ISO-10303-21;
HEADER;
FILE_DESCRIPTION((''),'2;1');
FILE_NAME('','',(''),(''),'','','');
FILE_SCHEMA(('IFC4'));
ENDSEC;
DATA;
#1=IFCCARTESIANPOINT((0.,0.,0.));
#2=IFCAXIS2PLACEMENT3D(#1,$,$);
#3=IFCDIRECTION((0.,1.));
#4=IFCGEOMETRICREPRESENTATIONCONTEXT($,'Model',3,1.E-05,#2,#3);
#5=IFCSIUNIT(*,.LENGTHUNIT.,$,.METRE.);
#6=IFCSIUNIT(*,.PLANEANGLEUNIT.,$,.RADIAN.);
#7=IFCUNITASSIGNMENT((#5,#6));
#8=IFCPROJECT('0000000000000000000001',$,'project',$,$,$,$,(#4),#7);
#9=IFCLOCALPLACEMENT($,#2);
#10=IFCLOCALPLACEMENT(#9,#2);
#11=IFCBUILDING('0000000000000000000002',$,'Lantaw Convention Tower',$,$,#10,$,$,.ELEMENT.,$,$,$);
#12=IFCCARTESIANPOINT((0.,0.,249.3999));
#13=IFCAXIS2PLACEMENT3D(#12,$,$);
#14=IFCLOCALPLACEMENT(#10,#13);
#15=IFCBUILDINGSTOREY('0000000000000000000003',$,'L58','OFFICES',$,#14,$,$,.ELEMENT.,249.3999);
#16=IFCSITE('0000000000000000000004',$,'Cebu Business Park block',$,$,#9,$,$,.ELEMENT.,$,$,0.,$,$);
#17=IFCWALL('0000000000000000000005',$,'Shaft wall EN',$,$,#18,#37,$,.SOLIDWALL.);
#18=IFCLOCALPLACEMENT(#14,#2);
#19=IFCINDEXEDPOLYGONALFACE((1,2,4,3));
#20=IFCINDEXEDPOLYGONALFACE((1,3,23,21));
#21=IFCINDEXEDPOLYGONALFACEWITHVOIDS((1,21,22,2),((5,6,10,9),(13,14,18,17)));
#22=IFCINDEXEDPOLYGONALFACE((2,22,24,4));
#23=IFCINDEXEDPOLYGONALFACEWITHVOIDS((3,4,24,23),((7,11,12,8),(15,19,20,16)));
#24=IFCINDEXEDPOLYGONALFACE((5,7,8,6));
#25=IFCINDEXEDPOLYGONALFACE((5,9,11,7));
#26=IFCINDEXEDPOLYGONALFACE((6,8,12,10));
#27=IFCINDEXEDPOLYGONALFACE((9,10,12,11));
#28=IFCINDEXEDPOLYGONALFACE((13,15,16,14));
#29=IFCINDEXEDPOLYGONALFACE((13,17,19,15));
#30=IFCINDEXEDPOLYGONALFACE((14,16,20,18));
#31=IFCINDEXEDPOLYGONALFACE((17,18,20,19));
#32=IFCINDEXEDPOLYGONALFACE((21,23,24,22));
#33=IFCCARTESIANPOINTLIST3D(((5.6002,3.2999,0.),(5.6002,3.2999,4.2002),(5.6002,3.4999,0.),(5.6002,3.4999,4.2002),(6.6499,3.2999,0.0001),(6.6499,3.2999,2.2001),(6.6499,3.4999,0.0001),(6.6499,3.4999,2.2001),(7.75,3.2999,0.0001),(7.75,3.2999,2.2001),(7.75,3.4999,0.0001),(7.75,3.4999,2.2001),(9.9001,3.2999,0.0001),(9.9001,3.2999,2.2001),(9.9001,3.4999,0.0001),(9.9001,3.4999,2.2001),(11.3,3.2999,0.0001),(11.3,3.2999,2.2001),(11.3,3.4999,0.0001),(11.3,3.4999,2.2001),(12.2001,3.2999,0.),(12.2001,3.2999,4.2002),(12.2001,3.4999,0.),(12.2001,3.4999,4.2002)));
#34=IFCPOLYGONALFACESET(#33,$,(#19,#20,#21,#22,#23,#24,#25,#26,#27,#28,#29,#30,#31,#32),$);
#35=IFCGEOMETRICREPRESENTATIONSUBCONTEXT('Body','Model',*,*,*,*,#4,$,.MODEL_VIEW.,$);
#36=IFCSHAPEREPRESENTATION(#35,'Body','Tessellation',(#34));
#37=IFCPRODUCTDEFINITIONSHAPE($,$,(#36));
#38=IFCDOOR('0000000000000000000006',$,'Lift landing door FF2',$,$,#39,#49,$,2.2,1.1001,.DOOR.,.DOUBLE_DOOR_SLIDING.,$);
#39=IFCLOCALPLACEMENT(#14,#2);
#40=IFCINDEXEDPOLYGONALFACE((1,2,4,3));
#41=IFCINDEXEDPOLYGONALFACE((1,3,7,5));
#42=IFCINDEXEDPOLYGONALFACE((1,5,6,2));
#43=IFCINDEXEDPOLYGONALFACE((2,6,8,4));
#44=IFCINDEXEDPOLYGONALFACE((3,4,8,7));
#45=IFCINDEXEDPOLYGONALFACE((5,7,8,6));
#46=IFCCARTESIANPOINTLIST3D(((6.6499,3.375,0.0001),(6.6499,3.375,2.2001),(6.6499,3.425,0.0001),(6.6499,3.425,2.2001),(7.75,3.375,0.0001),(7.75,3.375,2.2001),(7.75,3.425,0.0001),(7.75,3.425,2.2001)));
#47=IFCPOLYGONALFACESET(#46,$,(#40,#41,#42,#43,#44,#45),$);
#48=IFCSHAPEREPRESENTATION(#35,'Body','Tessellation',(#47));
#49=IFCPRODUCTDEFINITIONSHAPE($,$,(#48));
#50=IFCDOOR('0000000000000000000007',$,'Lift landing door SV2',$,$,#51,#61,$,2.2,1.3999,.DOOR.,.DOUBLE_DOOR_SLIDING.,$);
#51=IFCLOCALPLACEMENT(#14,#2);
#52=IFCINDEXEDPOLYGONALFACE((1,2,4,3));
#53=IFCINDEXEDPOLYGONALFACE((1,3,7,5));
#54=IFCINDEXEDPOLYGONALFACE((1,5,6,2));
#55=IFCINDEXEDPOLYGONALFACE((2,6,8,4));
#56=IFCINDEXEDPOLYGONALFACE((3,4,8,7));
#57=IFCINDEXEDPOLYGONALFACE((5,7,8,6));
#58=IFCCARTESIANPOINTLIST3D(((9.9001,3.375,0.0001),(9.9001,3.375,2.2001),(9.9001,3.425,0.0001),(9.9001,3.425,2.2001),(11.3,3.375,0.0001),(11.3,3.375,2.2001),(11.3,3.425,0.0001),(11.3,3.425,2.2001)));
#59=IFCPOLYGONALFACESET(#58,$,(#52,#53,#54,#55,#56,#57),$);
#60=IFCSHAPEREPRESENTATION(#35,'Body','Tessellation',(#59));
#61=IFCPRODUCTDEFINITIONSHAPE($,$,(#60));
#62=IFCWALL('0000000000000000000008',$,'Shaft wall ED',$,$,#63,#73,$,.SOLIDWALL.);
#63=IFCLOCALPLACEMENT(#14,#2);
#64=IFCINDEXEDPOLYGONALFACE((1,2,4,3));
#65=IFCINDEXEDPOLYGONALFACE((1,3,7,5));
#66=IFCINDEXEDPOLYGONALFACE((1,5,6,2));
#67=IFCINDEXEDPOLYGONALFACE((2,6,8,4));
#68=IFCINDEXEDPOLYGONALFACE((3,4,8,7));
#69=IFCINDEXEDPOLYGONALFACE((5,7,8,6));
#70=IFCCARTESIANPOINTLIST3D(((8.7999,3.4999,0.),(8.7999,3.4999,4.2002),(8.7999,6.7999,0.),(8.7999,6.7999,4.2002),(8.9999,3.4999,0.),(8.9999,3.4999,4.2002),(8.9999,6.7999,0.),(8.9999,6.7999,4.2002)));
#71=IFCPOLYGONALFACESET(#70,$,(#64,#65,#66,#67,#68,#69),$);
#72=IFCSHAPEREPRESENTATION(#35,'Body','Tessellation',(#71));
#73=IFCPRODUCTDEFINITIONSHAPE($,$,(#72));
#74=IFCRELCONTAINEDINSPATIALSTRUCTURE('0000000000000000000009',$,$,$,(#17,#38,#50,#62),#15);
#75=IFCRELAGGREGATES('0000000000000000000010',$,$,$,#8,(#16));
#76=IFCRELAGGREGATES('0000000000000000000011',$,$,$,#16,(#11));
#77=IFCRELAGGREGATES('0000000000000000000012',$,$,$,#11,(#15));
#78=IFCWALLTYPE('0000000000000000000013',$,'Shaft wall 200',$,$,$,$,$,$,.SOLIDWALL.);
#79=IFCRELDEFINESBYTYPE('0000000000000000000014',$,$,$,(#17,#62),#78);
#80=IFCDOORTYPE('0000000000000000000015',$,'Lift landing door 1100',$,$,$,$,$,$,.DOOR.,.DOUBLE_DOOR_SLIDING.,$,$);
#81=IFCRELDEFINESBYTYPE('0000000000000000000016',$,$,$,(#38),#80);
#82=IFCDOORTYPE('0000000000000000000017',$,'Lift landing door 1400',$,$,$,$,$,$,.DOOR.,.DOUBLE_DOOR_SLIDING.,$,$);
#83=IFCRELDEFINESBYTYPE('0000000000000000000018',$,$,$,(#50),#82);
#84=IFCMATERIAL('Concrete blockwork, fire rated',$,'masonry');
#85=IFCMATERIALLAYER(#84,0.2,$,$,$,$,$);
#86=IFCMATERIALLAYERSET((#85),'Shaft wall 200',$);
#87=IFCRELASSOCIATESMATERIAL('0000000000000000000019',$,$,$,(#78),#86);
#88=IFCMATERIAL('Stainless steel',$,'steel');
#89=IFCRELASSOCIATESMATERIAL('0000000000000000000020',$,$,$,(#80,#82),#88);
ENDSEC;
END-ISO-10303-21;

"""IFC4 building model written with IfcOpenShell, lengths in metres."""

from ifc_helpers import new_model, si_unit, direction, frame, frame_2d, origin, place, context, subcontext, project, spatial, rectangle, extrude, material, layer, layer_set, type_object, element, fill, save


model = new_model("IFC4")

# Units and contexts
model_context = context("Model", 3, precision=1e-05, world=origin(), true_north=direction((0.0, 1.0)))
body_context = subcontext(model_context, "Body", "Model", "MODEL_VIEW")
ifc_project = project(units=[si_unit("LENGTHUNIT", "METRE"), si_unit("PLANEANGLEUNIT", "RADIAN")], contexts=[model_context])

# Site, building, storey
site_placement = place(None, origin())
site = spatial("IfcSite", under=ifc_project, at=site_placement, Name="Cebu Business Park block", CompositionType="ELEMENT", RefElevation=0.0)
building_placement = place(site_placement, origin())
building = spatial("IfcBuilding", under=site, at=building_placement, Name="Lantaw Convention Tower", CompositionType="ELEMENT")
storey_placement = place(building_placement, frame((0.0, 0.0, 249.3999)))
storey = spatial("IfcBuildingStorey", under=building, at=storey_placement, Name="L58", Description="OFFICES", CompositionType="ELEMENT", Elevation=249.3999)

# Wall, openings, doors
ifc_material_1 = material(Name="Concrete blockwork, fire rated", Category="masonry")
ifc_layer_1 = layer(ifc_material_1, 0.2)
ifc_layer_set_1 = layer_set([ifc_layer_1], Name="Shaft wall 200")
wall_type_1 = type_object("IfcWallType", Name="Shaft wall 200", PredefinedType="SOLIDWALL", material=ifc_layer_set_1)
wall_1_placement = place(storey_placement, frame((12.2, 3.3999, 0.0), z_axis=(0.0, 0.0, 1.0), x_axis=(-1.0, 0.0, 0.0)))
wall_1 = element("IfcWall", 1, at=wall_1_placement, inside=storey, type_object=wall_type_1, Name="Shaft wall EN", PredefinedType="SOLIDWALL", context=body_context, shape_type="SweptSolid", body=[
    extrude(rectangle(XDim=6.5999, YDim=0.2, at=frame_2d((3.2998, 0.0))), origin(), (0.0, 0.0, 1.0), 4.2002),
])
opening_1_placement = place(wall_1_placement, frame((4.45, 0.0, 0.0)))
opening_1 = element("IfcOpeningElement", 2, at=opening_1_placement, cuts=wall_1, PredefinedType="OPENING", context=body_context, shape_type="SweptSolid", body=[
    extrude(rectangle(XDim=1.1001, YDim=2.2, at=frame_2d((0.55, 1.1001))), frame((0.0, 0.1099, 0.0), z_axis=(0.0, -1.0, 0.0), x_axis=(1.0, 0.0, 0.0)), (0.0, 0.0, 1.0), 0.22),
])
opening_2_placement = place(wall_1_placement, frame((0.8999, 0.0, 0.0)))
opening_2 = element("IfcOpeningElement", 3, at=opening_2_placement, cuts=wall_1, PredefinedType="OPENING", context=body_context, shape_type="SweptSolid", body=[
    extrude(rectangle(XDim=1.3999, YDim=2.2, at=frame_2d((0.7, 1.1001))), frame((0.0, 0.1099, 0.0), z_axis=(0.0, -1.0, 0.0), x_axis=(1.0, 0.0, 0.0)), (0.0, 0.0, 1.0), 0.22),
])
ifc_material_2 = material(Name="Stainless steel", Category="steel")
door_type_1 = type_object("IfcDoorType", Name="Lift landing door 1100", OperationType="DOUBLE_DOOR_SLIDING", PredefinedType="DOOR", material=ifc_material_2)
door_1_placement = place(opening_1_placement, origin())
door_1 = element("IfcDoor", 4, at=door_1_placement, inside=storey, type_object=door_type_1, Name="Lift landing door FF2", OperationType="DOUBLE_DOOR_SLIDING", OverallHeight=2.2, OverallWidth=1.1001, PredefinedType="DOOR", context=body_context, shape_type="SweptSolid", body=[
    extrude(rectangle(XDim=1.1001, YDim=2.2, at=frame_2d((0.55, 1.1001))), frame((0.0, 0.0249, 0.0), z_axis=(0.0, -1.0, 0.0), x_axis=(1.0, 0.0, 0.0)), (0.0, 0.0, 1.0), 0.05),
])
fill(opening_1, door_1)
door_type_2 = type_object("IfcDoorType", Name="Lift landing door 1400", OperationType="DOUBLE_DOOR_SLIDING", PredefinedType="DOOR", material=ifc_material_2)
door_2_placement = place(opening_2_placement, origin())
door_2 = element("IfcDoor", 5, at=door_2_placement, inside=storey, type_object=door_type_2, Name="Lift landing door SV2", OperationType="DOUBLE_DOOR_SLIDING", OverallHeight=2.2, OverallWidth=1.3999, PredefinedType="DOOR", context=body_context, shape_type="SweptSolid", body=[
    extrude(rectangle(XDim=1.3999, YDim=2.2, at=frame_2d((0.7, 1.1001))), frame((0.0, 0.0249, 0.0), z_axis=(0.0, -1.0, 0.0), x_axis=(1.0, 0.0, 0.0)), (0.0, 0.0, 1.0), 0.05),
])
fill(opening_2, door_2)

# Wall
wall_2_placement = place(storey_placement, frame((8.8999, 3.5, 0.0), z_axis=(0.0, 0.0, 1.0), x_axis=(0.0, 1.0, 0.0)))
element("IfcWall", 6, at=wall_2_placement, inside=storey, type_object=wall_type_1, Name="Shaft wall ED", PredefinedType="SOLIDWALL", context=body_context, shape_type="SweptSolid", body=[
    extrude(rectangle(XDim=3.3, YDim=0.2, at=frame_2d((1.6499, 0.0))), origin(), (0.0, 0.0, 1.0), 4.2002),
])

save(model, "model.ifc")
